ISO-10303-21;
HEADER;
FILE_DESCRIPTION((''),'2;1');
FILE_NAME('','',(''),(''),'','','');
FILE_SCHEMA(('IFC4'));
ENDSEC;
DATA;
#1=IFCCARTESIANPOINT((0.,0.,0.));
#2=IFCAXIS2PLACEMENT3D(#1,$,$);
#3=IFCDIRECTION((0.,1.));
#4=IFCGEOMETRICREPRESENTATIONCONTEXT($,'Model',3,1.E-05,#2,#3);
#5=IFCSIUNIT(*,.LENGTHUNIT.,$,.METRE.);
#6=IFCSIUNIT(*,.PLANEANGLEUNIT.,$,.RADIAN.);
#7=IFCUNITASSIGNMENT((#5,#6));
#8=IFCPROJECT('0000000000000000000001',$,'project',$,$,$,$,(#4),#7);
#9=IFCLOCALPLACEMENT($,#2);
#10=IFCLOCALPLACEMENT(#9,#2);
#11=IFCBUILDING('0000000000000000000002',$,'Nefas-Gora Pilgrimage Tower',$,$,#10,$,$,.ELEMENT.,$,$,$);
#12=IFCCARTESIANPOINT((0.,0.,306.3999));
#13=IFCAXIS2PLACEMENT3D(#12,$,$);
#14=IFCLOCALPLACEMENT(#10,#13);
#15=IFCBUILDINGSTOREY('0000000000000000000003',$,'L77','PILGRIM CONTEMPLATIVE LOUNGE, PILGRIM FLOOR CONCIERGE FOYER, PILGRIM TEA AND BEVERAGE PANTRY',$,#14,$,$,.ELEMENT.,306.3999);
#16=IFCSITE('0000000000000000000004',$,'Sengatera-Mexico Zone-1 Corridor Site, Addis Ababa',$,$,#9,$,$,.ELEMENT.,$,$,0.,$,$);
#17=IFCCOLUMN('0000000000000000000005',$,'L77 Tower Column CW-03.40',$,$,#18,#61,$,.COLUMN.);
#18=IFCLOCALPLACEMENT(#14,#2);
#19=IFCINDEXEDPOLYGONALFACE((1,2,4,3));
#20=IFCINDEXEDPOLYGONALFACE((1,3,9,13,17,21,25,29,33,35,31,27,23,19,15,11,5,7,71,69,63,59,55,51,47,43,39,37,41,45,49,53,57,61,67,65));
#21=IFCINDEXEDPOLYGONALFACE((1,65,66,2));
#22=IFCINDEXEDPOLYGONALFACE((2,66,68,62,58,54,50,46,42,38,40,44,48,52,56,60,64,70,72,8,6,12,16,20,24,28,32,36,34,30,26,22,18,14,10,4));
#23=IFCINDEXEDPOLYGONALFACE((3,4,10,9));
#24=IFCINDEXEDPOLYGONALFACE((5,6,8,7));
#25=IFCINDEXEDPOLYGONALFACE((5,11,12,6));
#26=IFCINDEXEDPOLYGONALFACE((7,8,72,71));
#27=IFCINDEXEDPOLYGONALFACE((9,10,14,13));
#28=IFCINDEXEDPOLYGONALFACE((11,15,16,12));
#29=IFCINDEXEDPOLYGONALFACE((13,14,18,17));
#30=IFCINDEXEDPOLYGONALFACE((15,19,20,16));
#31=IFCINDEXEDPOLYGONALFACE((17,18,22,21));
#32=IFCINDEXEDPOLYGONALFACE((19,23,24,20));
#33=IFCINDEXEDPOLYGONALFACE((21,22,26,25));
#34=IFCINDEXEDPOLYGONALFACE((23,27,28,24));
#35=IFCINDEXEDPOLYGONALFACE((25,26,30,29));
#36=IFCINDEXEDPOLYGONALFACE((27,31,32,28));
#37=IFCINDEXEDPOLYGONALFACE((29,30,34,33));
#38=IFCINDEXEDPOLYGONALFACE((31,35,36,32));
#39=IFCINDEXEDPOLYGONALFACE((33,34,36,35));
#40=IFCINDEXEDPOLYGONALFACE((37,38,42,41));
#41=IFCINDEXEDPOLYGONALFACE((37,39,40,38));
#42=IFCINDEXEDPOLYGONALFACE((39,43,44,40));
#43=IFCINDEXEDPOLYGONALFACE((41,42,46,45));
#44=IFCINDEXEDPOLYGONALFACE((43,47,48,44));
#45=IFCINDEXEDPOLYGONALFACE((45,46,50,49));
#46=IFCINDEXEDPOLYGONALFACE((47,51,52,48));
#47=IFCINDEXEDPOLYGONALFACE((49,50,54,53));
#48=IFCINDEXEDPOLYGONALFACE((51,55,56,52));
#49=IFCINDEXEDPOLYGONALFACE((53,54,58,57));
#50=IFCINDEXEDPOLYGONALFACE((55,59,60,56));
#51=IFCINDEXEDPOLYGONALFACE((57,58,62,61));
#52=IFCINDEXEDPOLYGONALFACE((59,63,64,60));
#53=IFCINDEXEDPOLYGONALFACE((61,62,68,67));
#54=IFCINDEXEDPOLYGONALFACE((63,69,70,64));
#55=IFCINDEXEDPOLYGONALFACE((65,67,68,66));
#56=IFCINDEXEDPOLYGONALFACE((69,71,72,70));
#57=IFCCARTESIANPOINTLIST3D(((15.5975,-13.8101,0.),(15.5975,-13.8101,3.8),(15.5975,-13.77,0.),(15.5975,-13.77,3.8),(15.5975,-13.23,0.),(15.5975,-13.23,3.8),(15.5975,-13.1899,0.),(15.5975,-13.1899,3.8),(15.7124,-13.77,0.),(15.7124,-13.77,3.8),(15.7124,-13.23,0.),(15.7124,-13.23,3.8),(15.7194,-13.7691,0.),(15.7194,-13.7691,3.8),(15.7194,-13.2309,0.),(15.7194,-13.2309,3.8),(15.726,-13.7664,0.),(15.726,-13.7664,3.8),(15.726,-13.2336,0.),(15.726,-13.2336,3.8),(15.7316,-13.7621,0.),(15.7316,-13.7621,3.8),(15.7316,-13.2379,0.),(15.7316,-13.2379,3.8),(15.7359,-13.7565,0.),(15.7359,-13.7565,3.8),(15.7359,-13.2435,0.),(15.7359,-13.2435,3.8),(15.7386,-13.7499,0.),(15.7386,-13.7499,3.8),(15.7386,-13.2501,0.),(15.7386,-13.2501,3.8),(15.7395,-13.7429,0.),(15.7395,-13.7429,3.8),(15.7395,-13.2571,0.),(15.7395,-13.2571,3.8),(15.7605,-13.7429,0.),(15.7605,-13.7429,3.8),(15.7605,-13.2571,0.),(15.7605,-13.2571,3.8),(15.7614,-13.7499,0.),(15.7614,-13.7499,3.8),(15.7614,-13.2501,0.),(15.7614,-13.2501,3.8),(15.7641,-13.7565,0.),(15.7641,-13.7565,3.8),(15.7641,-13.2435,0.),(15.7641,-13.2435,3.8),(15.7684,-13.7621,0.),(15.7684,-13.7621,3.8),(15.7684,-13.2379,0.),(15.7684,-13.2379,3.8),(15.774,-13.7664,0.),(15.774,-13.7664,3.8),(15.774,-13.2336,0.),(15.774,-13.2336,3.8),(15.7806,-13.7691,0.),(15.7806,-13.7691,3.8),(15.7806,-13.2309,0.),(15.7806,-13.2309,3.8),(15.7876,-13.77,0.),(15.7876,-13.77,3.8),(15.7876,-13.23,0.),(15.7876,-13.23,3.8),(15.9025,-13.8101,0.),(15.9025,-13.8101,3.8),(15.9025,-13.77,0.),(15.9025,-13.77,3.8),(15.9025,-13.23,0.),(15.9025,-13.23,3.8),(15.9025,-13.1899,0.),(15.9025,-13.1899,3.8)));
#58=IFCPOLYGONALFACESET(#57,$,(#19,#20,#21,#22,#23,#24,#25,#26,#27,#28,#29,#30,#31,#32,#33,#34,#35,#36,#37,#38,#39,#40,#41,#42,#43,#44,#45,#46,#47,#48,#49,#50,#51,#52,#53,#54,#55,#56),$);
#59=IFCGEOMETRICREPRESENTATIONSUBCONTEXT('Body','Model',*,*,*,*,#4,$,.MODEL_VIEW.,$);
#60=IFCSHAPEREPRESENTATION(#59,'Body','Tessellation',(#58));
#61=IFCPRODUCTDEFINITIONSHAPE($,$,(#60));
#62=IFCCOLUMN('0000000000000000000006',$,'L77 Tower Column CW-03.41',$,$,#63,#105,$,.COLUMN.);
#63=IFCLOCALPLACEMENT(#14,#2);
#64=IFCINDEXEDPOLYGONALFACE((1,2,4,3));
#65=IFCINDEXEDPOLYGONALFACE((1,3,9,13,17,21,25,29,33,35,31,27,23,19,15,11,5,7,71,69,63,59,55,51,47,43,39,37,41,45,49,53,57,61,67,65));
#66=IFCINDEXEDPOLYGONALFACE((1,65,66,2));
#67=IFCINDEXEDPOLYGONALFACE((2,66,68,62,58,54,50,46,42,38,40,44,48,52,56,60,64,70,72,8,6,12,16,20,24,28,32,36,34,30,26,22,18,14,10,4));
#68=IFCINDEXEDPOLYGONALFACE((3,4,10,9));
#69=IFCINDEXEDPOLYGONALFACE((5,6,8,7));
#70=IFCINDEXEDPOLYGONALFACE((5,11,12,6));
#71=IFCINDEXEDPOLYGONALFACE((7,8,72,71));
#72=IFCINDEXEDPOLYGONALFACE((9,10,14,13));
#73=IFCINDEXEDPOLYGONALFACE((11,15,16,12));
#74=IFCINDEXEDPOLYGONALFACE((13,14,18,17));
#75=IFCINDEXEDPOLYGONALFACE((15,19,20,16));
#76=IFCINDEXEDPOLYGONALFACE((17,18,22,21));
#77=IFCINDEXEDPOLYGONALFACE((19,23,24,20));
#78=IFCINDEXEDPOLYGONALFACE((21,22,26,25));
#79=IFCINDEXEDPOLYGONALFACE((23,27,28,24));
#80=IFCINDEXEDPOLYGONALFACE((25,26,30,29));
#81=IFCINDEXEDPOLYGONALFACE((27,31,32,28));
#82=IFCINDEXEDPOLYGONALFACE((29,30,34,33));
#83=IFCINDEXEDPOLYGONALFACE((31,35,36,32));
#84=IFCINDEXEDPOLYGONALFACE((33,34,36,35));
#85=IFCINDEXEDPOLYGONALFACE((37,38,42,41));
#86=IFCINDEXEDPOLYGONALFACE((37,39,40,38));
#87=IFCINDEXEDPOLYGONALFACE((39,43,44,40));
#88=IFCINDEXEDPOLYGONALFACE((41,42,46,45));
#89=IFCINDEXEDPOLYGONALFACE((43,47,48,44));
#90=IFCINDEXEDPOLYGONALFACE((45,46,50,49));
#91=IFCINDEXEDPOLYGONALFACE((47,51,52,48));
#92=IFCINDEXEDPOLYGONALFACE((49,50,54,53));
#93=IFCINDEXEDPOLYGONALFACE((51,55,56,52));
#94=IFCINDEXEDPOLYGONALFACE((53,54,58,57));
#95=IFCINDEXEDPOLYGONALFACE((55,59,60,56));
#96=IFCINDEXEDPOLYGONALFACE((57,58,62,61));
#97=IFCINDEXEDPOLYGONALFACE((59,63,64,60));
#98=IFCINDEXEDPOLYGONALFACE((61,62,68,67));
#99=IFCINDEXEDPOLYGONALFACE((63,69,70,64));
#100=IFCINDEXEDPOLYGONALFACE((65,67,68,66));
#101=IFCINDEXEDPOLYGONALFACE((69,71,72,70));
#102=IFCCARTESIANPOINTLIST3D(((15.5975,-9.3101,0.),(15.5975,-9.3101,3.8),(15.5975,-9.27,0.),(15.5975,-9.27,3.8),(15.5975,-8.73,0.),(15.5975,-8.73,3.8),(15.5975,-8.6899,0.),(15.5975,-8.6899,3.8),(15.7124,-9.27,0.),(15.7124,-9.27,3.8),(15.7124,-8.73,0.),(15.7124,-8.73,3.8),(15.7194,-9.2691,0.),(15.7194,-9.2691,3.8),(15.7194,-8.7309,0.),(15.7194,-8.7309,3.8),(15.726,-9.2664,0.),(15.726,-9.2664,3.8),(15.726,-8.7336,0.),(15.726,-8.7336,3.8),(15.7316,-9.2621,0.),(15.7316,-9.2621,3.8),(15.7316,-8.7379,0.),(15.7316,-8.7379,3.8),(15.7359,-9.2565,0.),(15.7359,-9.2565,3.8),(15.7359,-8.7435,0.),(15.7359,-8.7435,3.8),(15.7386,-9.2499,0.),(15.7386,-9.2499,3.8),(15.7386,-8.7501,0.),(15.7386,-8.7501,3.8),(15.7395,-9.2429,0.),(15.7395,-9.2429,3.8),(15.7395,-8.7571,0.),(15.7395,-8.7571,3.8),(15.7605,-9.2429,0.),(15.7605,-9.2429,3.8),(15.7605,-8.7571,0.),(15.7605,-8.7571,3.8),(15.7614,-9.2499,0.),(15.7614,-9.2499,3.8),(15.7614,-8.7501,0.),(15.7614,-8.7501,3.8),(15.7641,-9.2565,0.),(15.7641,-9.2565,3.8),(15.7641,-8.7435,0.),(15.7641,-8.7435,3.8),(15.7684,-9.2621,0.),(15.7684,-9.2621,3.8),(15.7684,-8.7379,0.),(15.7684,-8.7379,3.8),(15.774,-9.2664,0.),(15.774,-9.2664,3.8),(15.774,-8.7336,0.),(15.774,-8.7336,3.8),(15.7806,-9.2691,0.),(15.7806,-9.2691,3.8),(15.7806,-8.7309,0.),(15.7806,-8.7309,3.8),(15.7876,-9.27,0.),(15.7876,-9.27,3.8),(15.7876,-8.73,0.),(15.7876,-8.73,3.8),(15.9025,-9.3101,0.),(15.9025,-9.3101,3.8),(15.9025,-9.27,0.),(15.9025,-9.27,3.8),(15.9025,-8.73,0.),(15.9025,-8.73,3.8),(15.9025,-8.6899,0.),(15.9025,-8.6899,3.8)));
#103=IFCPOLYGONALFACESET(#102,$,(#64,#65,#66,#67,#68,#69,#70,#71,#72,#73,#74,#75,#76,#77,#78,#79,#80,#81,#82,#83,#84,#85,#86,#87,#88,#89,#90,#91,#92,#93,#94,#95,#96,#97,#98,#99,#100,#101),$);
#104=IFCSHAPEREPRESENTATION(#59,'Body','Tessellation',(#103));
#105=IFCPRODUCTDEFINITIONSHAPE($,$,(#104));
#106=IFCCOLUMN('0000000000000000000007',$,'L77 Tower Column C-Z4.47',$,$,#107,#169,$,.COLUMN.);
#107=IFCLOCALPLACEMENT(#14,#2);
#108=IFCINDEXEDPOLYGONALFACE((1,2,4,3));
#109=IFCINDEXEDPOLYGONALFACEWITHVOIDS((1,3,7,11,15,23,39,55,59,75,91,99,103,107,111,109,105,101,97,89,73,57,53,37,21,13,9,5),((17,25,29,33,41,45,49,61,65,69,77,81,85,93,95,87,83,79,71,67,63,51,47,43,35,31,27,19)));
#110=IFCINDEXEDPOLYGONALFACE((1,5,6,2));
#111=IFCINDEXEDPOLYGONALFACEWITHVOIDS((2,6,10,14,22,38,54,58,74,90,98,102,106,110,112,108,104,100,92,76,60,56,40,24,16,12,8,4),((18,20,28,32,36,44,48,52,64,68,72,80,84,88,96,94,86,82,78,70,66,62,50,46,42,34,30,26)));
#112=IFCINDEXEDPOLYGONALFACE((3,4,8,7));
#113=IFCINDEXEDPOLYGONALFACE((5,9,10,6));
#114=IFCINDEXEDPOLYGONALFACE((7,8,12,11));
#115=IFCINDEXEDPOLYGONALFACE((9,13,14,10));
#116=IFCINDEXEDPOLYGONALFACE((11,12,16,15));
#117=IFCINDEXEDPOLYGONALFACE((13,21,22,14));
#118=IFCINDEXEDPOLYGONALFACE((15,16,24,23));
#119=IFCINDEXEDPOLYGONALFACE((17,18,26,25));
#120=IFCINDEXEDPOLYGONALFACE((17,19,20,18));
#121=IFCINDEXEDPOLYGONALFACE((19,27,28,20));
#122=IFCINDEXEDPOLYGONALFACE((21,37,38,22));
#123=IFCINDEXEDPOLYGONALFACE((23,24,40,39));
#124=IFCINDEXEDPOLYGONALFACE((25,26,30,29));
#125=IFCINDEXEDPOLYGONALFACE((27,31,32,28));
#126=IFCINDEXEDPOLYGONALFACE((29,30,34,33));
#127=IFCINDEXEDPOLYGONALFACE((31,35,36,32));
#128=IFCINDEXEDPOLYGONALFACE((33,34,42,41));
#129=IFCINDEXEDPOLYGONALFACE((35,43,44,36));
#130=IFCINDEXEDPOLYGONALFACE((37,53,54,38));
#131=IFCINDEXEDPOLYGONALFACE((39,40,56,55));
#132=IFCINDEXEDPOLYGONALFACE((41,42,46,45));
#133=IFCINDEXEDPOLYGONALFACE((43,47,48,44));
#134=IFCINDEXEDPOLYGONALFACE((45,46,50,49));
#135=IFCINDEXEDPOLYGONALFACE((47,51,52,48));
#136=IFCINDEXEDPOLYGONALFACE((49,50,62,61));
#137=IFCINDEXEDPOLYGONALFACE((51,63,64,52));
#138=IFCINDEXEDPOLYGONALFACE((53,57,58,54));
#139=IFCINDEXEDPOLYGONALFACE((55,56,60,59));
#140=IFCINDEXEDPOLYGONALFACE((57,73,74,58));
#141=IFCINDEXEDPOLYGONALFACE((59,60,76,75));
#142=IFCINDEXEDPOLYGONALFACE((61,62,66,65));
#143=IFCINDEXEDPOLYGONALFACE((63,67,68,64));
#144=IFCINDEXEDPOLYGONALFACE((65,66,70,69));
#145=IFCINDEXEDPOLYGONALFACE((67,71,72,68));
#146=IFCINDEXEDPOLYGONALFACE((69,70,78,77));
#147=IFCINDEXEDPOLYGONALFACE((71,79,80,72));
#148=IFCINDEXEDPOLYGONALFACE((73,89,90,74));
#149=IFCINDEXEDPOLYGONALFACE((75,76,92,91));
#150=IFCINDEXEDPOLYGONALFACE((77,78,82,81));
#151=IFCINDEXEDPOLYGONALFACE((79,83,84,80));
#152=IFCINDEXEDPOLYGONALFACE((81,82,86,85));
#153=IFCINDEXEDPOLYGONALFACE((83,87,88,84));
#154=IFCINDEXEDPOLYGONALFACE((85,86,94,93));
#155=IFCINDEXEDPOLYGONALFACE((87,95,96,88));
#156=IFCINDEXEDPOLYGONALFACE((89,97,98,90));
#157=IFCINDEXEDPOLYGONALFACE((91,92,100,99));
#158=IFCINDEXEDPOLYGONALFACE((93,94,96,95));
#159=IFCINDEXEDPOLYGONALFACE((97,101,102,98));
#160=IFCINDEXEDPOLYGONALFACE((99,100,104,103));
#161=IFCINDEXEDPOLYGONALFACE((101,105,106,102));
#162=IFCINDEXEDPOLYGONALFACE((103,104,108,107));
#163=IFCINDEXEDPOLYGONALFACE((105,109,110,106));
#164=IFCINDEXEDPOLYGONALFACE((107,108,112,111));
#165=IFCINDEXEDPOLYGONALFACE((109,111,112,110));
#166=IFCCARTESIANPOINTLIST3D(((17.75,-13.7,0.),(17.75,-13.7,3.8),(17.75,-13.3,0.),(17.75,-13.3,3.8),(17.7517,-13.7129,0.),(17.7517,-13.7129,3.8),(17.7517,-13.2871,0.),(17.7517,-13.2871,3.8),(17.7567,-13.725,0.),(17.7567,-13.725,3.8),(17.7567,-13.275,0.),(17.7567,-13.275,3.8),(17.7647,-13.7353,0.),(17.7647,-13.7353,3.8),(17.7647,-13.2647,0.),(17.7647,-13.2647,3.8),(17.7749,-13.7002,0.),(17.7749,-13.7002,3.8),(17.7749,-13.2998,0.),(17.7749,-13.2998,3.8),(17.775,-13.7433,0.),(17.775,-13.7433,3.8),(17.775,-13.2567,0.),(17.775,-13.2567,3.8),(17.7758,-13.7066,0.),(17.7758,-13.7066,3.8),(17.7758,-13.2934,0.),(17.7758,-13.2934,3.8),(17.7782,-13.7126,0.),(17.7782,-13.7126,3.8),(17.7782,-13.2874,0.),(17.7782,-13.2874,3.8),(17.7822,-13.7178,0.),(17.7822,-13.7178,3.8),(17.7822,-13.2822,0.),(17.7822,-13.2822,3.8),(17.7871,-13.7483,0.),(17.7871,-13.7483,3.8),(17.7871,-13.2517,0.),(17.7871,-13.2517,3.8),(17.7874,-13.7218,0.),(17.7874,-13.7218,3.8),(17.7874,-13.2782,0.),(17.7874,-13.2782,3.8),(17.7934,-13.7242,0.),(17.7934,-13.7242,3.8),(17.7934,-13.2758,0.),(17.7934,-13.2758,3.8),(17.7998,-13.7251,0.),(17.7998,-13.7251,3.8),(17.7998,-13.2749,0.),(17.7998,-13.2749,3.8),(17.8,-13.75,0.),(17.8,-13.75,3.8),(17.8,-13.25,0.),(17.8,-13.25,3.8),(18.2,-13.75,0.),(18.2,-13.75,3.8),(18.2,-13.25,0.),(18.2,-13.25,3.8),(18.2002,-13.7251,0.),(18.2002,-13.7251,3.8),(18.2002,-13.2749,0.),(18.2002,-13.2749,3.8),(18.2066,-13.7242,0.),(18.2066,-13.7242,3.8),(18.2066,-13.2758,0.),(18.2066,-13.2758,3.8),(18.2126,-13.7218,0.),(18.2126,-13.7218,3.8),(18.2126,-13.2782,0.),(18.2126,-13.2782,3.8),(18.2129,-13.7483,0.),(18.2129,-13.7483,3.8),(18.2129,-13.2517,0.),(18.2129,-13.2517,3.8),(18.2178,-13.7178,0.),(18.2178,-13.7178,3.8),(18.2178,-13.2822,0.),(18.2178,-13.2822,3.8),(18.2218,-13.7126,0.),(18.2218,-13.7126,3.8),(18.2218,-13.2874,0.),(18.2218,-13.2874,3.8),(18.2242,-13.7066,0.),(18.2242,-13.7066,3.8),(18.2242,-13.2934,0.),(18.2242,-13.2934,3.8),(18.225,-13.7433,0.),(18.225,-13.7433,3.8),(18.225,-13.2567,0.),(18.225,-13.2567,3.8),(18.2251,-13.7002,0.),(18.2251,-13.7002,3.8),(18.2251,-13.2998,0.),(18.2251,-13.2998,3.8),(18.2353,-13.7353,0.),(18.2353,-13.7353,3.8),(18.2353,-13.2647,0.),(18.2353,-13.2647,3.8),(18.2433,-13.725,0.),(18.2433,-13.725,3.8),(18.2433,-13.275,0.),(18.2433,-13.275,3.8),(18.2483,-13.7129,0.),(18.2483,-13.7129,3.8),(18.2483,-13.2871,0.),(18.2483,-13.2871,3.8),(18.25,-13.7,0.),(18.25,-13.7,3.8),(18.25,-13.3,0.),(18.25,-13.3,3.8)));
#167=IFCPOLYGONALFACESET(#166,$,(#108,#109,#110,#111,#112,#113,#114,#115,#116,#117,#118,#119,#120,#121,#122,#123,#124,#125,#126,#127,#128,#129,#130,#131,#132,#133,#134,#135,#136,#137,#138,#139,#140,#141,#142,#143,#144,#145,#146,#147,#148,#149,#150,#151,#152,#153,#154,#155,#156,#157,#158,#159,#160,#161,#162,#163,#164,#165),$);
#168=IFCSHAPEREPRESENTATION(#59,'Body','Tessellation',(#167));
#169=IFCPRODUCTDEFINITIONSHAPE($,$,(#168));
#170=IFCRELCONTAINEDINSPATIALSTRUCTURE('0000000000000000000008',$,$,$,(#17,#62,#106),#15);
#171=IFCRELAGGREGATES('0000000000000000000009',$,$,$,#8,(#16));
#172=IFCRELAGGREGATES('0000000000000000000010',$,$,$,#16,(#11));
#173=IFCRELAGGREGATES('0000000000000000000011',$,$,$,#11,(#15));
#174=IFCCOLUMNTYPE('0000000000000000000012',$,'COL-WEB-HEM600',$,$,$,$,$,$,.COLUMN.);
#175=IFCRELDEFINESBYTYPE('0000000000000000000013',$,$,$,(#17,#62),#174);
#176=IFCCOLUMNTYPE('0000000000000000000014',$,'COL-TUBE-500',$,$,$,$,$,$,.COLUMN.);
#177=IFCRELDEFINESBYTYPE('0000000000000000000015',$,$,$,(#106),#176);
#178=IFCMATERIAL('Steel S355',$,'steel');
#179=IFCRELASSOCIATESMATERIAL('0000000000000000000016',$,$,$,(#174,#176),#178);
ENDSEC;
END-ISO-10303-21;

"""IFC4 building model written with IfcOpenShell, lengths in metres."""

from ifc_helpers import new_model, si_unit, direction, frame, origin, origin_2d, place, context, subcontext, project, spatial, hollow_rectangle, i_section, extrude, source, transform, mapped, material, material_profile, profile_set, type_object, element, save


model = new_model("IFC4")

# Units and contexts
model_context = context("Model", 3, precision=1e-05, world=origin(), true_north=direction((0.0, 1.0)))
body_context = subcontext(model_context, "Body", "Model", "MODEL_VIEW")
ifc_project = project(units=[si_unit("LENGTHUNIT", "METRE"), si_unit("PLANEANGLEUNIT", "RADIAN")], contexts=[model_context])

# Site, building, storey
site_placement = place(None, origin())
site = spatial("IfcSite", under=ifc_project, at=site_placement, Name="Sengatera-Mexico Zone-1 Corridor Site, Addis Ababa", CompositionType="ELEMENT", RefElevation=0.0)
building_placement = place(site_placement, origin())
building = spatial("IfcBuilding", under=site, at=building_placement, Name="Nefas-Gora Pilgrimage Tower", CompositionType="ELEMENT")
storey_placement = place(building_placement, frame((0.0, 0.0, 306.3999)))
storey = spatial("IfcBuildingStorey", under=building, at=storey_placement, Name="L77", Description="PILGRIM CONTEMPLATIVE LOUNGE, PILGRIM FLOOR CONCIERGE FOYER, PILGRIM TEA AND BEVERAGE PANTRY", CompositionType="ELEMENT", Elevation=306.3999)

# Columns
ifc_material_1 = material(Name="Steel S355", Category="steel")
ifc_material_profile_1 = material_profile(ifc_material_1, i_section(OverallWidth=0.3049, OverallDepth=0.6201, WebThickness=0.021, FlangeThickness=0.04, FilletRadius=0.0271, at=origin_2d()), Name="HEM 600")
ifc_profile_set_1 = profile_set([ifc_material_profile_1], Name="Steel S355")
column_type_1 = type_object("IfcColumnType", Name="COL-WEB-HEM600", PredefinedType="COLUMN", material=ifc_profile_set_1)
shared_shape_1 = source(origin(), body_context, "Body", "SweptSolid", [
    extrude(i_section(OverallWidth=0.3049, OverallDepth=0.6201, WebThickness=0.021, FlangeThickness=0.04, FilletRadius=0.0271, at=origin_2d()), origin(), (0.0, 0.0, 1.0), 3.8),
])
for number, where, z_axis, x_axis, name in (
    (1, (15.75, -13.5, 0.0), (0.0, 0.0, 1.0), (1.0, 0.0, 0.0), "L77 Tower Column CW-03.40"),
    (2, (15.75, -9.0, 0.0), (0.0, 0.0, 1.0), (1.0, 0.0, 0.0), "L77 Tower Column CW-03.41"),
):
    element("IfcColumn", number, at=place(storey_placement, frame(where, z_axis=z_axis, x_axis=x_axis)), inside=storey, type_object=column_type_1, Name=name, PredefinedType="COLUMN", context=body_context, shape_type="MappedRepresentation", body=[
        mapped(shared_shape_1, transform((0.0, 0.0, 0.0), x_axis=(1.0, 0.0, 0.0), y_axis=(0.0, 1.0, 0.0), z_axis=(0.0, 0.0, 1.0), scale=1.0)),
    ])
ifc_material_profile_2 = material_profile(ifc_material_1, hollow_rectangle(XDim=0.5, YDim=0.5, WallThickness=0.0249, InnerFilletRadius=0.0249, OuterFilletRadius=0.05, at=origin_2d()), Name="SHS 500x500x25")
ifc_profile_set_2 = profile_set([ifc_material_profile_2], Name="Steel S355")
column_type_2 = type_object("IfcColumnType", Name="COL-TUBE-500", PredefinedType="COLUMN", material=ifc_profile_set_2)
shared_shape_2 = source(origin(), body_context, "Body", "SweptSolid", [
    extrude(hollow_rectangle(XDim=0.5, YDim=0.5, WallThickness=0.0249, InnerFilletRadius=0.0249, OuterFilletRadius=0.05, at=origin_2d()), origin(), (0.0, 0.0, 1.0), 3.8),
])
for number, where, z_axis, x_axis, name in (
    (3, (18.0, -13.5, 0.0), (0.0, 0.0, 1.0), (1.0, 0.0, 0.0), "L77 Tower Column C-Z4.47"),
):
    element("IfcColumn", number, at=place(storey_placement, frame(where, z_axis=z_axis, x_axis=x_axis)), inside=storey, type_object=column_type_2, Name=name, PredefinedType="COLUMN", context=body_context, shape_type="MappedRepresentation", body=[
        mapped(shared_shape_2, transform((0.0, 0.0, 0.0), x_axis=(1.0, 0.0, 0.0), y_axis=(0.0, 1.0, 0.0), z_axis=(0.0, 0.0, 1.0), scale=1.0)),
    ])

save(model, "model.ifc")
